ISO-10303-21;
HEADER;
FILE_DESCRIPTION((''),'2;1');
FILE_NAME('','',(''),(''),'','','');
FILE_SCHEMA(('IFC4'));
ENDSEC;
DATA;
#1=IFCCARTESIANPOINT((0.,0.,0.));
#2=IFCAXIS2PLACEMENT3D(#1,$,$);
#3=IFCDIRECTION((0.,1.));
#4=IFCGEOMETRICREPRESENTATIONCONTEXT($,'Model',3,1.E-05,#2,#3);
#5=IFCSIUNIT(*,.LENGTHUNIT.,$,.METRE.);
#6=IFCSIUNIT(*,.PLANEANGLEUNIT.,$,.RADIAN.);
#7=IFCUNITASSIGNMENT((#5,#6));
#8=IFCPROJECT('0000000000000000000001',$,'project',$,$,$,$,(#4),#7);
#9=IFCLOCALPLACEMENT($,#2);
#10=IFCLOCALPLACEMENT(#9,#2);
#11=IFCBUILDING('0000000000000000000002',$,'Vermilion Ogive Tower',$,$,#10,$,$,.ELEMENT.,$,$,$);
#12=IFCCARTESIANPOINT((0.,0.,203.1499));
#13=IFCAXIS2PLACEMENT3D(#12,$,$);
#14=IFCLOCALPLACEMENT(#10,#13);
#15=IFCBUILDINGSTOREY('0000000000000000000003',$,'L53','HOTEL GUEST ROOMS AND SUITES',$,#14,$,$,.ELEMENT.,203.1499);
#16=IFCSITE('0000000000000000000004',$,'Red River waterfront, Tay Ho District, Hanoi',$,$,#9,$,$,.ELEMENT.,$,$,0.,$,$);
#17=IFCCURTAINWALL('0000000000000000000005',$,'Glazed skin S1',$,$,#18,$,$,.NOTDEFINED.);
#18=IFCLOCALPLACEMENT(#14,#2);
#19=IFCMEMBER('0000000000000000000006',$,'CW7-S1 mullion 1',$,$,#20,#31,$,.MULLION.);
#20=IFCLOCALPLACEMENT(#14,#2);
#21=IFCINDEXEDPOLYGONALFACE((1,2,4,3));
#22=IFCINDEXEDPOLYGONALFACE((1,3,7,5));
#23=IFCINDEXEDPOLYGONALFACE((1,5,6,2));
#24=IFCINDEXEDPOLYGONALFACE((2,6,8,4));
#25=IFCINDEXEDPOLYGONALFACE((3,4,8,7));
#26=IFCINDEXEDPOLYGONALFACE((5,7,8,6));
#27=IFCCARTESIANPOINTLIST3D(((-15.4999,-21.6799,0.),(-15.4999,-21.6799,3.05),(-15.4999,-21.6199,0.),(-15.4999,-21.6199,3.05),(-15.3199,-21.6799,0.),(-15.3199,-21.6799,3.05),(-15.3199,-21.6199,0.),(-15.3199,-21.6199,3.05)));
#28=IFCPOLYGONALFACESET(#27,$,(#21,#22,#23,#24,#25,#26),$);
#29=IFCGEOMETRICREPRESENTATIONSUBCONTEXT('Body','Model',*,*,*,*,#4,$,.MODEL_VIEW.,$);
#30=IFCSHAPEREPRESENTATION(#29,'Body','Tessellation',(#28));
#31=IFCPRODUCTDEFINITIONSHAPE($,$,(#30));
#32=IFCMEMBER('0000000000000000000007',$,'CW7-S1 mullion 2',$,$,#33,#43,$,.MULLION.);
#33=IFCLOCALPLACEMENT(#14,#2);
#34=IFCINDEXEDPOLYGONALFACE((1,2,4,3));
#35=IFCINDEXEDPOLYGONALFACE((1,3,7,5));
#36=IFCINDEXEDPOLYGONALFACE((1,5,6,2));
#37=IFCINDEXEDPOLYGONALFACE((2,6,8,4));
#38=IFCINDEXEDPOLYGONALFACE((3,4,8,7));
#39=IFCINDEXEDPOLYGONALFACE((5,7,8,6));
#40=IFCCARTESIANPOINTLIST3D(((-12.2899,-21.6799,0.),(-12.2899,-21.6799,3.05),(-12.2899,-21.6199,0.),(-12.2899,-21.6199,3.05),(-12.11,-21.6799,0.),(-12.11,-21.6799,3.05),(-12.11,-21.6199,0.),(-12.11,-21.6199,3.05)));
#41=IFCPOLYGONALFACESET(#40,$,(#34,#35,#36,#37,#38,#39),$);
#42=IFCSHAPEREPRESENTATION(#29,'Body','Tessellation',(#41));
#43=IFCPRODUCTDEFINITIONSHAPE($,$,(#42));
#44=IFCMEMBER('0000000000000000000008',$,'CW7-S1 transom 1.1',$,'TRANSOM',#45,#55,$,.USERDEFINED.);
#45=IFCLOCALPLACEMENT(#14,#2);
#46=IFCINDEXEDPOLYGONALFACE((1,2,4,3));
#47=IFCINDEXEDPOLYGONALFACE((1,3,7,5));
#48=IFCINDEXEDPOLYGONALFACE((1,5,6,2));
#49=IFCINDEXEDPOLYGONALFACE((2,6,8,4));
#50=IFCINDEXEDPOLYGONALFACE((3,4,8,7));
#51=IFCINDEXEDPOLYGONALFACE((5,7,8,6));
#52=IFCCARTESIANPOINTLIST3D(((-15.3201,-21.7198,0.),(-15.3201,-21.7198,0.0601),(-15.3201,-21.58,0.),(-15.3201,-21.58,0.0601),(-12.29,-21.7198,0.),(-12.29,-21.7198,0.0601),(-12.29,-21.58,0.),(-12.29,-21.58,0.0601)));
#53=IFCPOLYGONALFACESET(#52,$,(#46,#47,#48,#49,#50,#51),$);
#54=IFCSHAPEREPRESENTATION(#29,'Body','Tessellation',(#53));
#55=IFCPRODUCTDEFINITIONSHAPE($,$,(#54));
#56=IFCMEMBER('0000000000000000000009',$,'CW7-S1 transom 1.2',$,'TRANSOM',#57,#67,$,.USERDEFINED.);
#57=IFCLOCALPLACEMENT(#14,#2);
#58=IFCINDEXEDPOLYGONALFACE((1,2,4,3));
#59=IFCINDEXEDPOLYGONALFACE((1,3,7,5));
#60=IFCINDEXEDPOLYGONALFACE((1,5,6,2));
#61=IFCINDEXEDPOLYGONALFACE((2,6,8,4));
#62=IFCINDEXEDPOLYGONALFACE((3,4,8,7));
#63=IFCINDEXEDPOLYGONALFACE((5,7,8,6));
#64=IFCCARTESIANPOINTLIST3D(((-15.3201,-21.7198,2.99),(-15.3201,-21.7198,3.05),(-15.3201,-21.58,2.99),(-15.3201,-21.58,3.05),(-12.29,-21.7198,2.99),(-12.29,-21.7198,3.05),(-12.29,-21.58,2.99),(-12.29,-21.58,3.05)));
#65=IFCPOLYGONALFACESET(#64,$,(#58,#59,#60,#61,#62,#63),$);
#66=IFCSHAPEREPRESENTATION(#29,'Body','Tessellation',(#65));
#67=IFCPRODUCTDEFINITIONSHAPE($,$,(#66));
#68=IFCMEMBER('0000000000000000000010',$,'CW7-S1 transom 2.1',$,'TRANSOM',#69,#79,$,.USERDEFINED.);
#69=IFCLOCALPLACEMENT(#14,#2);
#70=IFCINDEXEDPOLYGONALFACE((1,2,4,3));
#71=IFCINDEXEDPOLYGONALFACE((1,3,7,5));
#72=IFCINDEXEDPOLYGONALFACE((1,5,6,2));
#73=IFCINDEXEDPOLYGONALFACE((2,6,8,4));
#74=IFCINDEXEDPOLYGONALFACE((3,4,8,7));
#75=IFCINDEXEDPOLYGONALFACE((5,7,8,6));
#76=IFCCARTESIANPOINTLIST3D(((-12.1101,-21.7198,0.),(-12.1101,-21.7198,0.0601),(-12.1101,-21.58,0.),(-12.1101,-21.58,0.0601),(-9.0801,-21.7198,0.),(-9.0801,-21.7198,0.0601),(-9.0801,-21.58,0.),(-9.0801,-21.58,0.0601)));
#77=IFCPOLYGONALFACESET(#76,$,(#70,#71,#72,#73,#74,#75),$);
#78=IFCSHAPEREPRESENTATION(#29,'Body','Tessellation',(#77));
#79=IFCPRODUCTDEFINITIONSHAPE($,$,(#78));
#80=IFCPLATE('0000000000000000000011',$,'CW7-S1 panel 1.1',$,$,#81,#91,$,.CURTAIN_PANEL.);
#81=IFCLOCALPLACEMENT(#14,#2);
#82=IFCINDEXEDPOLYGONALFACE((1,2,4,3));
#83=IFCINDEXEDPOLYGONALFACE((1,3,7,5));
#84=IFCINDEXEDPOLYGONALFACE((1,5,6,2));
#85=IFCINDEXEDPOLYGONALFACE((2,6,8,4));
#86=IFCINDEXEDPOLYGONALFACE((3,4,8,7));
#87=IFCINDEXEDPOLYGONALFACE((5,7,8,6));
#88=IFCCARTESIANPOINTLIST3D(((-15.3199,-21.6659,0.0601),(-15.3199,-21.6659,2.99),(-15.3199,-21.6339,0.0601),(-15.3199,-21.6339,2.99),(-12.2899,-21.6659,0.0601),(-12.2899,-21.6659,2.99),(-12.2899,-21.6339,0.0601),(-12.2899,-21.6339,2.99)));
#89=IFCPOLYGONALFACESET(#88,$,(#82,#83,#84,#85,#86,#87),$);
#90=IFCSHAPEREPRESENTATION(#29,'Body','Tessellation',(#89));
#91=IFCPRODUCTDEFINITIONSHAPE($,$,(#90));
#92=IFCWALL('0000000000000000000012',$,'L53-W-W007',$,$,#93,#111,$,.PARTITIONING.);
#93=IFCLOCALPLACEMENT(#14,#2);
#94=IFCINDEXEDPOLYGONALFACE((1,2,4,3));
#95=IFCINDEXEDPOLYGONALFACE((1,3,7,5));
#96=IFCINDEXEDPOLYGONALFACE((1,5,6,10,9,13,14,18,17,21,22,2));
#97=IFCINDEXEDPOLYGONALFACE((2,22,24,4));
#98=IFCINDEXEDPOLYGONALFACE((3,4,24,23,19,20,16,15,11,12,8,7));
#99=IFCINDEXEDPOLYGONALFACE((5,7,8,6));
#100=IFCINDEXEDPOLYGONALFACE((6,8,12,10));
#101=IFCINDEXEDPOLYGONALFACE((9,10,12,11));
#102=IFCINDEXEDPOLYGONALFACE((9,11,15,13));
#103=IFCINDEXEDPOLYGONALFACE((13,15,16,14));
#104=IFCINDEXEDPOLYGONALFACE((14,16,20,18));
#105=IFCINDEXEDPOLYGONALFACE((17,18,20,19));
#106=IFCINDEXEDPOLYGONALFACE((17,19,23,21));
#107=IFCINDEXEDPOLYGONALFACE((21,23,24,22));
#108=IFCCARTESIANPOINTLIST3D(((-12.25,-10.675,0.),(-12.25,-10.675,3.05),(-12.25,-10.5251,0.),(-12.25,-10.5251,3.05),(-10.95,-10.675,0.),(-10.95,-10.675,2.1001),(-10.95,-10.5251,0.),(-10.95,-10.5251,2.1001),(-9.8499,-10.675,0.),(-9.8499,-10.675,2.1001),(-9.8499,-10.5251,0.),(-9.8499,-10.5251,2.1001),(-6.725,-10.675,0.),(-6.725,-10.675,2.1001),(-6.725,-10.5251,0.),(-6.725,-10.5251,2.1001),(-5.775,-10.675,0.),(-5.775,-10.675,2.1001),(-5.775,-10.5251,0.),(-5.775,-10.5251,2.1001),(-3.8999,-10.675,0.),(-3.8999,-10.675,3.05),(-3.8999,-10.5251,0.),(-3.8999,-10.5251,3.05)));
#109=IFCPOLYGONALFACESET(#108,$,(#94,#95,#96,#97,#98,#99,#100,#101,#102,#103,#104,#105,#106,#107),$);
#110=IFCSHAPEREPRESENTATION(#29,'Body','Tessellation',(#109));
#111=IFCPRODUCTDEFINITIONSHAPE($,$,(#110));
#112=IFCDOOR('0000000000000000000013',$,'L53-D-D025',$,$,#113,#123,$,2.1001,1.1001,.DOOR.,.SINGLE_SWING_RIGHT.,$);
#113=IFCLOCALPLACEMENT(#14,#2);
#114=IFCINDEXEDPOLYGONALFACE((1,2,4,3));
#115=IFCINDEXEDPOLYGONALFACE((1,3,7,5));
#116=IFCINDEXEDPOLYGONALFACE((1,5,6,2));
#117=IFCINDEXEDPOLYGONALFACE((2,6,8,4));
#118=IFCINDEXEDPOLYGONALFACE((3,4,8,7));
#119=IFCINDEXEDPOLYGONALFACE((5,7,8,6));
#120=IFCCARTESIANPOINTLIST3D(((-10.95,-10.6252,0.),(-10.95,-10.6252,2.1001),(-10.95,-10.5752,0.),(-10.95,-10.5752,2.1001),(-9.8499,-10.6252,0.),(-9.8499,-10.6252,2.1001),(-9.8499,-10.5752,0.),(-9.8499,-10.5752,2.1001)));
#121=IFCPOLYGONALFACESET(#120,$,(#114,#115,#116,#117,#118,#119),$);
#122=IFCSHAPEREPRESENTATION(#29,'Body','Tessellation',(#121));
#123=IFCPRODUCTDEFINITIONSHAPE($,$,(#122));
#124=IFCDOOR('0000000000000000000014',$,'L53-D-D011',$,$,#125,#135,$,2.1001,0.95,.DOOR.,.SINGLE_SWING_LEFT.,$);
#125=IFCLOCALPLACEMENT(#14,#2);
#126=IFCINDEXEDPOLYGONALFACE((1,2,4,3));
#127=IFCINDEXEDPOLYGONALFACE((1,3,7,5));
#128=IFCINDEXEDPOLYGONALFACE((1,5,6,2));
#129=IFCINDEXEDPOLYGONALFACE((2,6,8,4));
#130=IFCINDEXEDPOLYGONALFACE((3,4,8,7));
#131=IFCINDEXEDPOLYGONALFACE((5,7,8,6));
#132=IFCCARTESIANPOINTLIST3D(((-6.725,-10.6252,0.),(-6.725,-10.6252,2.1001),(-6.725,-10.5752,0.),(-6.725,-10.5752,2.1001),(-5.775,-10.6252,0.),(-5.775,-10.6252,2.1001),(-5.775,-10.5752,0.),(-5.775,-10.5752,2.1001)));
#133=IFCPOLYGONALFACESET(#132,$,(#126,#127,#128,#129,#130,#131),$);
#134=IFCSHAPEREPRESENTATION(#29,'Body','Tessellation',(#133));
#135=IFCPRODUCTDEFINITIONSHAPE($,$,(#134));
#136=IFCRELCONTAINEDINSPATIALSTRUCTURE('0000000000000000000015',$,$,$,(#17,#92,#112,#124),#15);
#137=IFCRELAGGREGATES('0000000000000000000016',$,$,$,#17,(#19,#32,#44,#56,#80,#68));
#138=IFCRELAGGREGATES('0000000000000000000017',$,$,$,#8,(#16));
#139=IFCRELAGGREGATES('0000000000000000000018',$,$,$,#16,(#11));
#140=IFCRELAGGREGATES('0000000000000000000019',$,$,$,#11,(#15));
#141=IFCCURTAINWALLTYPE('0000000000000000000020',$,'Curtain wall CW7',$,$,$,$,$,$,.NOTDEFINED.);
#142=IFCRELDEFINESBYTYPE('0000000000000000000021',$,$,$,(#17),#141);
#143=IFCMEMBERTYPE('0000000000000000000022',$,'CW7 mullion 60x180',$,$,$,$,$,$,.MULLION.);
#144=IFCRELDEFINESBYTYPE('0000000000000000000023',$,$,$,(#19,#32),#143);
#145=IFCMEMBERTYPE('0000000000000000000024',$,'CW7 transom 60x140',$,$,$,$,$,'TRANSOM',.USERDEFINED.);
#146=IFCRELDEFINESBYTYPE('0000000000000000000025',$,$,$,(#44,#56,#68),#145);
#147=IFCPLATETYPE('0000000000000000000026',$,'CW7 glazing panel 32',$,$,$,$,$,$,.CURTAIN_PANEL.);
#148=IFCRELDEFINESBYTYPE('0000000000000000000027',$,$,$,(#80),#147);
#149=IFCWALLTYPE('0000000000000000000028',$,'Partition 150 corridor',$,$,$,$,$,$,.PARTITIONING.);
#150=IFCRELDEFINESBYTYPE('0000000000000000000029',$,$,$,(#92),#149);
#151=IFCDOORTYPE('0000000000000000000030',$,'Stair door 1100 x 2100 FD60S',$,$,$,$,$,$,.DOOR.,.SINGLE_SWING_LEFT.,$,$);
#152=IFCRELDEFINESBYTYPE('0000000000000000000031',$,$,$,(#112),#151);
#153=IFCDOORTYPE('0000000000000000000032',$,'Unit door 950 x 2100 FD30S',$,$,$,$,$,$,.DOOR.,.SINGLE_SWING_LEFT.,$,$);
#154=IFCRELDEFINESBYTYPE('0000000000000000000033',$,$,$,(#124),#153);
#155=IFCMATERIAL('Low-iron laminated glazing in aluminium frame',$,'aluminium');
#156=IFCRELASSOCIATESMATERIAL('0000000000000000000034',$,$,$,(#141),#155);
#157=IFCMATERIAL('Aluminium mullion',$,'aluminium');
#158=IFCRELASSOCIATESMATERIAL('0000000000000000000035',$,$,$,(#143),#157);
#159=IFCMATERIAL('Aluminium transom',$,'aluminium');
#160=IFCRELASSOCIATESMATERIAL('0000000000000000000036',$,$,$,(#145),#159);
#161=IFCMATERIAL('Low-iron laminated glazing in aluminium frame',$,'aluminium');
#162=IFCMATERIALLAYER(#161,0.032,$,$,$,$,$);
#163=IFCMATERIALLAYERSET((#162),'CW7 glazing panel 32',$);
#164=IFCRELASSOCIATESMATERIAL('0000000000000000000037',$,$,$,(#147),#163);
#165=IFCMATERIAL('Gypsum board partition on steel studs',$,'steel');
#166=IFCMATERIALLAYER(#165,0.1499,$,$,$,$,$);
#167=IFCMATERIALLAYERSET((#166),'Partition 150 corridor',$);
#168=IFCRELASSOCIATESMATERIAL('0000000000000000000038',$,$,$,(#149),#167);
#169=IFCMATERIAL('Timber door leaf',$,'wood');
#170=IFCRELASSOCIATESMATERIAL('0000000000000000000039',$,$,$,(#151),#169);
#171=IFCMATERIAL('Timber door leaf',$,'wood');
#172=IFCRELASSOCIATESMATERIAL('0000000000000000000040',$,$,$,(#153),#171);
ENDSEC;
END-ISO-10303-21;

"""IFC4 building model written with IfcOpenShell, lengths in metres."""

from ifc_helpers import new_model, si_unit, direction, frame, frame_2d, origin, origin_2d, place, context, subcontext, project, spatial, rectangle, extrude, material, layer, layer_set, material_profile, profile_set, type_object, element, fill, aggregate, save


model = new_model("IFC4")

# Units and contexts
model_context = context("Model", 3, precision=1e-05, world=origin(), true_north=direction((0.0, 1.0)))
body_context = subcontext(model_context, "Body", "Model", "MODEL_VIEW")
ifc_project = project(units=[si_unit("LENGTHUNIT", "METRE"), si_unit("PLANEANGLEUNIT", "RADIAN")], contexts=[model_context])

# Site, building, storey
site_placement = place(None, origin())
site = spatial("IfcSite", under=ifc_project, at=site_placement, Name="Red River waterfront, Tay Ho District, Hanoi", CompositionType="ELEMENT", RefElevation=0.0)
building_placement = place(site_placement, origin())
building = spatial("IfcBuilding", under=site, at=building_placement, Name="Vermilion Ogive Tower", CompositionType="ELEMENT")
storey_placement = place(building_placement, frame((0.0, 0.0, 203.1499)))
storey = spatial("IfcBuildingStorey", under=building, at=storey_placement, Name="L53", Description="HOTEL GUEST ROOMS AND SUITES", CompositionType="ELEMENT", Elevation=203.1499)

# Curtain wall, members, plate
ifc_material_1 = material(Name="Low-iron laminated glazing in aluminium frame", Category="aluminium")
curtain_wall_type = type_object("IfcCurtainWallType", Name="Curtain wall CW7", PredefinedType="NOTDEFINED", material=ifc_material_1)
curtain_wall_placement = place(storey_placement, origin())
curtain_wall = element("IfcCurtainWall", 1, at=curtain_wall_placement, inside=storey, type_object=curtain_wall_type, Name="Glazed skin S1", PredefinedType="NOTDEFINED")
ifc_material_2 = material(Name="Aluminium mullion", Category="aluminium")
ifc_material_profile_1 = material_profile(ifc_material_2, rectangle(XDim=0.0601, YDim=0.1799, at=origin_2d()), Name="AL 60x180")
ifc_profile_set_1 = profile_set([ifc_material_profile_1], Name="Aluminium mullion")
member_type_1 = type_object("IfcMemberType", Name="CW7 mullion 60x180", PredefinedType="MULLION", material=ifc_profile_set_1)
member_1_placement = place(storey_placement, frame((-15.4099, -21.6499, 0.0), z_axis=(0.0, 0.0, 1.0), x_axis=(0.0, 1.0, 0.0)))
member_1 = element("IfcMember", 2, at=member_1_placement, type_object=member_type_1, Name="CW7-S1 mullion 1", PredefinedType="MULLION", context=body_context, shape_type="SweptSolid", body=[
    extrude(rectangle(XDim=0.0601, YDim=0.1799, at=origin_2d()), origin(), (0.0, 0.0, 1.0), 3.05),
])
member_2_placement = place(storey_placement, frame((-12.2, -21.6499, 0.0), z_axis=(0.0, 0.0, 1.0), x_axis=(0.0, 1.0, 0.0)))
member_2 = element("IfcMember", 3, at=member_2_placement, type_object=member_type_1, Name="CW7-S1 mullion 2", PredefinedType="MULLION", context=body_context, shape_type="SweptSolid", body=[
    extrude(rectangle(XDim=0.0601, YDim=0.1799, at=origin_2d()), origin(), (0.0, 0.0, 1.0), 3.05),
])
ifc_material_3 = material(Name="Aluminium transom", Category="aluminium")
ifc_material_profile_2 = material_profile(ifc_material_3, rectangle(XDim=0.1399, YDim=0.0601, at=origin_2d()), Name="AL 60x140")
ifc_profile_set_2 = profile_set([ifc_material_profile_2], Name="Aluminium transom")
member_type_2 = type_object("IfcMemberType", Name="CW7 transom 60x140", ElementType="TRANSOM", PredefinedType="USERDEFINED", material=ifc_profile_set_2)
member_3_placement = place(storey_placement, frame((-15.3201, -21.6499, 0.03), z_axis=(1.0, 0.0, 0.0), x_axis=(0.0, 1.0, 0.0)))
member_3 = element("IfcMember", 4, at=member_3_placement, type_object=member_type_2, Name="CW7-S1 transom 1.1", ObjectType="TRANSOM", PredefinedType="USERDEFINED", context=body_context, shape_type="SweptSolid", body=[
    extrude(rectangle(XDim=0.1399, YDim=0.0601, at=origin_2d()), origin(), (0.0, 0.0, 1.0), 3.03),
])
member_4_placement = place(storey_placement, frame((-15.3201, -21.6499, 3.02), z_axis=(1.0, 0.0, 0.0), x_axis=(0.0, 1.0, 0.0)))
member_4 = element("IfcMember", 5, at=member_4_placement, type_object=member_type_2, Name="CW7-S1 transom 1.2", ObjectType="TRANSOM", PredefinedType="USERDEFINED", context=body_context, shape_type="SweptSolid", body=[
    extrude(rectangle(XDim=0.1399, YDim=0.0601, at=origin_2d()), origin(), (0.0, 0.0, 1.0), 3.03),
])
member_5_placement = place(storey_placement, frame((-12.1101, -21.6499, 0.03), z_axis=(1.0, 0.0, 0.0), x_axis=(0.0, 1.0, 0.0)))
member_5 = element("IfcMember", 6, at=member_5_placement, type_object=member_type_2, Name="CW7-S1 transom 2.1", ObjectType="TRANSOM", PredefinedType="USERDEFINED", context=body_context, shape_type="SweptSolid", body=[
    extrude(rectangle(XDim=0.1399, YDim=0.0601, at=origin_2d()), origin(), (0.0, 0.0, 1.0), 3.03),
])
ifc_material_4 = material(Name="Low-iron laminated glazing in aluminium frame", Category="aluminium")
ifc_layer_1 = layer(ifc_material_4, 0.032)
ifc_layer_set_1 = layer_set([ifc_layer_1], Name="CW7 glazing panel 32")
plate_type = type_object("IfcPlateType", Name="CW7 glazing panel 32", PredefinedType="CURTAIN_PANEL", material=ifc_layer_set_1)
plate_placement = place(storey_placement, frame((-13.8049, -21.6499, 0.0601), z_axis=(0.0, 0.0, 1.0), x_axis=(1.0, 0.0, 0.0)))
plate = element("IfcPlate", 7, at=plate_placement, type_object=plate_type, Name="CW7-S1 panel 1.1", PredefinedType="CURTAIN_PANEL", context=body_context, shape_type="SweptSolid", body=[
    extrude(rectangle(XDim=3.03, YDim=0.032, at=origin_2d()), origin(), (0.0, 0.0, 1.0), 2.9299),
])
aggregate(curtain_wall, [member_1, member_2, member_3, member_4, plate, member_5])

# Wall, openings, doors
ifc_material_5 = material(Name="Gypsum board partition on steel studs", Category="steel")
ifc_layer_2 = layer(ifc_material_5, 0.1499)
ifc_layer_set_2 = layer_set([ifc_layer_2], Name="Partition 150 corridor")
wall_type_1 = type_object("IfcWallType", Name="Partition 150 corridor", PredefinedType="PARTITIONING", material=ifc_layer_set_2)
wall_1_placement = place(storey_placement, frame((-12.25, -10.6001, 0.0), z_axis=(0.0, 0.0, 1.0), x_axis=(1.0, 0.0, 0.0)))
wall_1 = element("IfcWall", 8, at=wall_1_placement, inside=storey, type_object=wall_type_1, Name="L53-W-W007", PredefinedType="PARTITIONING", context=body_context, shape_type="SweptSolid", body=[
    extrude(rectangle(XDim=8.3501, YDim=0.1499, at=frame_2d((4.175, 0.0))), origin(), (0.0, 0.0, 1.0), 3.05),
])
opening_1_placement = place(wall_1_placement, frame((5.5249, 0.0, 0.0)))
opening_1 = element("IfcOpeningElement", 9, at=opening_1_placement, cuts=wall_1, PredefinedType="OPENING", context=body_context, shape_type="SweptSolid", body=[
    extrude(rectangle(XDim=0.95, YDim=2.1001, at=frame_2d((0.4751, 1.05))), frame((0.0, 0.085, 0.0), z_axis=(0.0, -1.0, 0.0), x_axis=(1.0, 0.0, 0.0)), (0.0, 0.0, 1.0), 0.1699),
])
opening_2_placement = place(wall_1_placement, frame((1.3, 0.0, 0.0)))
opening_2 = element("IfcOpeningElement", 10, at=opening_2_placement, cuts=wall_1, PredefinedType="OPENING", context=body_context, shape_type="SweptSolid", body=[
    extrude(rectangle(XDim=1.1001, YDim=2.1001, at=frame_2d((0.55, 1.05))), frame((0.0, 0.085, 0.0), z_axis=(0.0, -1.0, 0.0), x_axis=(1.0, 0.0, 0.0)), (0.0, 0.0, 1.0), 0.1699),
])
ifc_material_6 = material(Name="Timber door leaf", Category="wood")
door_type_1 = type_object("IfcDoorType", Name="Stair door 1100 x 2100 FD60S", OperationType="SINGLE_SWING_LEFT", PredefinedType="DOOR", material=ifc_material_6)
door_1_placement = place(opening_2_placement, origin())
door_1 = element("IfcDoor", 11, at=door_1_placement, inside=storey, type_object=door_type_1, Name="L53-D-D025", OperationType="SINGLE_SWING_RIGHT", OverallHeight=2.1001, OverallWidth=1.1001, PredefinedType="DOOR", context=body_context, shape_type="SweptSolid", body=[
    extrude(rectangle(XDim=1.1001, YDim=2.1001, at=frame_2d((0.55, 1.05))), frame((0.0, 0.0249, 0.0), z_axis=(0.0, -1.0, 0.0), x_axis=(1.0, 0.0, 0.0)), (0.0, 0.0, 1.0), 0.05),
])
fill(opening_2, door_1)
ifc_material_7 = material(Name="Timber door leaf", Category="wood")
door_type_2 = type_object("IfcDoorType", Name="Unit door 950 x 2100 FD30S", OperationType="SINGLE_SWING_LEFT", PredefinedType="DOOR", material=ifc_material_7)
door_2_placement = place(opening_1_placement, origin())
door_2 = element("IfcDoor", 12, at=door_2_placement, inside=storey, type_object=door_type_2, Name="L53-D-D011", OperationType="SINGLE_SWING_LEFT", OverallHeight=2.1001, OverallWidth=0.95, PredefinedType="DOOR", context=body_context, shape_type="SweptSolid", body=[
    extrude(rectangle(XDim=0.95, YDim=2.1001, at=frame_2d((0.4751, 1.05))), frame((0.0, 0.0249, 0.0), z_axis=(0.0, -1.0, 0.0), x_axis=(1.0, 0.0, 0.0)), (0.0, 0.0, 1.0), 0.05),
])
fill(opening_1, door_2)

save(model, "model.ifc")
